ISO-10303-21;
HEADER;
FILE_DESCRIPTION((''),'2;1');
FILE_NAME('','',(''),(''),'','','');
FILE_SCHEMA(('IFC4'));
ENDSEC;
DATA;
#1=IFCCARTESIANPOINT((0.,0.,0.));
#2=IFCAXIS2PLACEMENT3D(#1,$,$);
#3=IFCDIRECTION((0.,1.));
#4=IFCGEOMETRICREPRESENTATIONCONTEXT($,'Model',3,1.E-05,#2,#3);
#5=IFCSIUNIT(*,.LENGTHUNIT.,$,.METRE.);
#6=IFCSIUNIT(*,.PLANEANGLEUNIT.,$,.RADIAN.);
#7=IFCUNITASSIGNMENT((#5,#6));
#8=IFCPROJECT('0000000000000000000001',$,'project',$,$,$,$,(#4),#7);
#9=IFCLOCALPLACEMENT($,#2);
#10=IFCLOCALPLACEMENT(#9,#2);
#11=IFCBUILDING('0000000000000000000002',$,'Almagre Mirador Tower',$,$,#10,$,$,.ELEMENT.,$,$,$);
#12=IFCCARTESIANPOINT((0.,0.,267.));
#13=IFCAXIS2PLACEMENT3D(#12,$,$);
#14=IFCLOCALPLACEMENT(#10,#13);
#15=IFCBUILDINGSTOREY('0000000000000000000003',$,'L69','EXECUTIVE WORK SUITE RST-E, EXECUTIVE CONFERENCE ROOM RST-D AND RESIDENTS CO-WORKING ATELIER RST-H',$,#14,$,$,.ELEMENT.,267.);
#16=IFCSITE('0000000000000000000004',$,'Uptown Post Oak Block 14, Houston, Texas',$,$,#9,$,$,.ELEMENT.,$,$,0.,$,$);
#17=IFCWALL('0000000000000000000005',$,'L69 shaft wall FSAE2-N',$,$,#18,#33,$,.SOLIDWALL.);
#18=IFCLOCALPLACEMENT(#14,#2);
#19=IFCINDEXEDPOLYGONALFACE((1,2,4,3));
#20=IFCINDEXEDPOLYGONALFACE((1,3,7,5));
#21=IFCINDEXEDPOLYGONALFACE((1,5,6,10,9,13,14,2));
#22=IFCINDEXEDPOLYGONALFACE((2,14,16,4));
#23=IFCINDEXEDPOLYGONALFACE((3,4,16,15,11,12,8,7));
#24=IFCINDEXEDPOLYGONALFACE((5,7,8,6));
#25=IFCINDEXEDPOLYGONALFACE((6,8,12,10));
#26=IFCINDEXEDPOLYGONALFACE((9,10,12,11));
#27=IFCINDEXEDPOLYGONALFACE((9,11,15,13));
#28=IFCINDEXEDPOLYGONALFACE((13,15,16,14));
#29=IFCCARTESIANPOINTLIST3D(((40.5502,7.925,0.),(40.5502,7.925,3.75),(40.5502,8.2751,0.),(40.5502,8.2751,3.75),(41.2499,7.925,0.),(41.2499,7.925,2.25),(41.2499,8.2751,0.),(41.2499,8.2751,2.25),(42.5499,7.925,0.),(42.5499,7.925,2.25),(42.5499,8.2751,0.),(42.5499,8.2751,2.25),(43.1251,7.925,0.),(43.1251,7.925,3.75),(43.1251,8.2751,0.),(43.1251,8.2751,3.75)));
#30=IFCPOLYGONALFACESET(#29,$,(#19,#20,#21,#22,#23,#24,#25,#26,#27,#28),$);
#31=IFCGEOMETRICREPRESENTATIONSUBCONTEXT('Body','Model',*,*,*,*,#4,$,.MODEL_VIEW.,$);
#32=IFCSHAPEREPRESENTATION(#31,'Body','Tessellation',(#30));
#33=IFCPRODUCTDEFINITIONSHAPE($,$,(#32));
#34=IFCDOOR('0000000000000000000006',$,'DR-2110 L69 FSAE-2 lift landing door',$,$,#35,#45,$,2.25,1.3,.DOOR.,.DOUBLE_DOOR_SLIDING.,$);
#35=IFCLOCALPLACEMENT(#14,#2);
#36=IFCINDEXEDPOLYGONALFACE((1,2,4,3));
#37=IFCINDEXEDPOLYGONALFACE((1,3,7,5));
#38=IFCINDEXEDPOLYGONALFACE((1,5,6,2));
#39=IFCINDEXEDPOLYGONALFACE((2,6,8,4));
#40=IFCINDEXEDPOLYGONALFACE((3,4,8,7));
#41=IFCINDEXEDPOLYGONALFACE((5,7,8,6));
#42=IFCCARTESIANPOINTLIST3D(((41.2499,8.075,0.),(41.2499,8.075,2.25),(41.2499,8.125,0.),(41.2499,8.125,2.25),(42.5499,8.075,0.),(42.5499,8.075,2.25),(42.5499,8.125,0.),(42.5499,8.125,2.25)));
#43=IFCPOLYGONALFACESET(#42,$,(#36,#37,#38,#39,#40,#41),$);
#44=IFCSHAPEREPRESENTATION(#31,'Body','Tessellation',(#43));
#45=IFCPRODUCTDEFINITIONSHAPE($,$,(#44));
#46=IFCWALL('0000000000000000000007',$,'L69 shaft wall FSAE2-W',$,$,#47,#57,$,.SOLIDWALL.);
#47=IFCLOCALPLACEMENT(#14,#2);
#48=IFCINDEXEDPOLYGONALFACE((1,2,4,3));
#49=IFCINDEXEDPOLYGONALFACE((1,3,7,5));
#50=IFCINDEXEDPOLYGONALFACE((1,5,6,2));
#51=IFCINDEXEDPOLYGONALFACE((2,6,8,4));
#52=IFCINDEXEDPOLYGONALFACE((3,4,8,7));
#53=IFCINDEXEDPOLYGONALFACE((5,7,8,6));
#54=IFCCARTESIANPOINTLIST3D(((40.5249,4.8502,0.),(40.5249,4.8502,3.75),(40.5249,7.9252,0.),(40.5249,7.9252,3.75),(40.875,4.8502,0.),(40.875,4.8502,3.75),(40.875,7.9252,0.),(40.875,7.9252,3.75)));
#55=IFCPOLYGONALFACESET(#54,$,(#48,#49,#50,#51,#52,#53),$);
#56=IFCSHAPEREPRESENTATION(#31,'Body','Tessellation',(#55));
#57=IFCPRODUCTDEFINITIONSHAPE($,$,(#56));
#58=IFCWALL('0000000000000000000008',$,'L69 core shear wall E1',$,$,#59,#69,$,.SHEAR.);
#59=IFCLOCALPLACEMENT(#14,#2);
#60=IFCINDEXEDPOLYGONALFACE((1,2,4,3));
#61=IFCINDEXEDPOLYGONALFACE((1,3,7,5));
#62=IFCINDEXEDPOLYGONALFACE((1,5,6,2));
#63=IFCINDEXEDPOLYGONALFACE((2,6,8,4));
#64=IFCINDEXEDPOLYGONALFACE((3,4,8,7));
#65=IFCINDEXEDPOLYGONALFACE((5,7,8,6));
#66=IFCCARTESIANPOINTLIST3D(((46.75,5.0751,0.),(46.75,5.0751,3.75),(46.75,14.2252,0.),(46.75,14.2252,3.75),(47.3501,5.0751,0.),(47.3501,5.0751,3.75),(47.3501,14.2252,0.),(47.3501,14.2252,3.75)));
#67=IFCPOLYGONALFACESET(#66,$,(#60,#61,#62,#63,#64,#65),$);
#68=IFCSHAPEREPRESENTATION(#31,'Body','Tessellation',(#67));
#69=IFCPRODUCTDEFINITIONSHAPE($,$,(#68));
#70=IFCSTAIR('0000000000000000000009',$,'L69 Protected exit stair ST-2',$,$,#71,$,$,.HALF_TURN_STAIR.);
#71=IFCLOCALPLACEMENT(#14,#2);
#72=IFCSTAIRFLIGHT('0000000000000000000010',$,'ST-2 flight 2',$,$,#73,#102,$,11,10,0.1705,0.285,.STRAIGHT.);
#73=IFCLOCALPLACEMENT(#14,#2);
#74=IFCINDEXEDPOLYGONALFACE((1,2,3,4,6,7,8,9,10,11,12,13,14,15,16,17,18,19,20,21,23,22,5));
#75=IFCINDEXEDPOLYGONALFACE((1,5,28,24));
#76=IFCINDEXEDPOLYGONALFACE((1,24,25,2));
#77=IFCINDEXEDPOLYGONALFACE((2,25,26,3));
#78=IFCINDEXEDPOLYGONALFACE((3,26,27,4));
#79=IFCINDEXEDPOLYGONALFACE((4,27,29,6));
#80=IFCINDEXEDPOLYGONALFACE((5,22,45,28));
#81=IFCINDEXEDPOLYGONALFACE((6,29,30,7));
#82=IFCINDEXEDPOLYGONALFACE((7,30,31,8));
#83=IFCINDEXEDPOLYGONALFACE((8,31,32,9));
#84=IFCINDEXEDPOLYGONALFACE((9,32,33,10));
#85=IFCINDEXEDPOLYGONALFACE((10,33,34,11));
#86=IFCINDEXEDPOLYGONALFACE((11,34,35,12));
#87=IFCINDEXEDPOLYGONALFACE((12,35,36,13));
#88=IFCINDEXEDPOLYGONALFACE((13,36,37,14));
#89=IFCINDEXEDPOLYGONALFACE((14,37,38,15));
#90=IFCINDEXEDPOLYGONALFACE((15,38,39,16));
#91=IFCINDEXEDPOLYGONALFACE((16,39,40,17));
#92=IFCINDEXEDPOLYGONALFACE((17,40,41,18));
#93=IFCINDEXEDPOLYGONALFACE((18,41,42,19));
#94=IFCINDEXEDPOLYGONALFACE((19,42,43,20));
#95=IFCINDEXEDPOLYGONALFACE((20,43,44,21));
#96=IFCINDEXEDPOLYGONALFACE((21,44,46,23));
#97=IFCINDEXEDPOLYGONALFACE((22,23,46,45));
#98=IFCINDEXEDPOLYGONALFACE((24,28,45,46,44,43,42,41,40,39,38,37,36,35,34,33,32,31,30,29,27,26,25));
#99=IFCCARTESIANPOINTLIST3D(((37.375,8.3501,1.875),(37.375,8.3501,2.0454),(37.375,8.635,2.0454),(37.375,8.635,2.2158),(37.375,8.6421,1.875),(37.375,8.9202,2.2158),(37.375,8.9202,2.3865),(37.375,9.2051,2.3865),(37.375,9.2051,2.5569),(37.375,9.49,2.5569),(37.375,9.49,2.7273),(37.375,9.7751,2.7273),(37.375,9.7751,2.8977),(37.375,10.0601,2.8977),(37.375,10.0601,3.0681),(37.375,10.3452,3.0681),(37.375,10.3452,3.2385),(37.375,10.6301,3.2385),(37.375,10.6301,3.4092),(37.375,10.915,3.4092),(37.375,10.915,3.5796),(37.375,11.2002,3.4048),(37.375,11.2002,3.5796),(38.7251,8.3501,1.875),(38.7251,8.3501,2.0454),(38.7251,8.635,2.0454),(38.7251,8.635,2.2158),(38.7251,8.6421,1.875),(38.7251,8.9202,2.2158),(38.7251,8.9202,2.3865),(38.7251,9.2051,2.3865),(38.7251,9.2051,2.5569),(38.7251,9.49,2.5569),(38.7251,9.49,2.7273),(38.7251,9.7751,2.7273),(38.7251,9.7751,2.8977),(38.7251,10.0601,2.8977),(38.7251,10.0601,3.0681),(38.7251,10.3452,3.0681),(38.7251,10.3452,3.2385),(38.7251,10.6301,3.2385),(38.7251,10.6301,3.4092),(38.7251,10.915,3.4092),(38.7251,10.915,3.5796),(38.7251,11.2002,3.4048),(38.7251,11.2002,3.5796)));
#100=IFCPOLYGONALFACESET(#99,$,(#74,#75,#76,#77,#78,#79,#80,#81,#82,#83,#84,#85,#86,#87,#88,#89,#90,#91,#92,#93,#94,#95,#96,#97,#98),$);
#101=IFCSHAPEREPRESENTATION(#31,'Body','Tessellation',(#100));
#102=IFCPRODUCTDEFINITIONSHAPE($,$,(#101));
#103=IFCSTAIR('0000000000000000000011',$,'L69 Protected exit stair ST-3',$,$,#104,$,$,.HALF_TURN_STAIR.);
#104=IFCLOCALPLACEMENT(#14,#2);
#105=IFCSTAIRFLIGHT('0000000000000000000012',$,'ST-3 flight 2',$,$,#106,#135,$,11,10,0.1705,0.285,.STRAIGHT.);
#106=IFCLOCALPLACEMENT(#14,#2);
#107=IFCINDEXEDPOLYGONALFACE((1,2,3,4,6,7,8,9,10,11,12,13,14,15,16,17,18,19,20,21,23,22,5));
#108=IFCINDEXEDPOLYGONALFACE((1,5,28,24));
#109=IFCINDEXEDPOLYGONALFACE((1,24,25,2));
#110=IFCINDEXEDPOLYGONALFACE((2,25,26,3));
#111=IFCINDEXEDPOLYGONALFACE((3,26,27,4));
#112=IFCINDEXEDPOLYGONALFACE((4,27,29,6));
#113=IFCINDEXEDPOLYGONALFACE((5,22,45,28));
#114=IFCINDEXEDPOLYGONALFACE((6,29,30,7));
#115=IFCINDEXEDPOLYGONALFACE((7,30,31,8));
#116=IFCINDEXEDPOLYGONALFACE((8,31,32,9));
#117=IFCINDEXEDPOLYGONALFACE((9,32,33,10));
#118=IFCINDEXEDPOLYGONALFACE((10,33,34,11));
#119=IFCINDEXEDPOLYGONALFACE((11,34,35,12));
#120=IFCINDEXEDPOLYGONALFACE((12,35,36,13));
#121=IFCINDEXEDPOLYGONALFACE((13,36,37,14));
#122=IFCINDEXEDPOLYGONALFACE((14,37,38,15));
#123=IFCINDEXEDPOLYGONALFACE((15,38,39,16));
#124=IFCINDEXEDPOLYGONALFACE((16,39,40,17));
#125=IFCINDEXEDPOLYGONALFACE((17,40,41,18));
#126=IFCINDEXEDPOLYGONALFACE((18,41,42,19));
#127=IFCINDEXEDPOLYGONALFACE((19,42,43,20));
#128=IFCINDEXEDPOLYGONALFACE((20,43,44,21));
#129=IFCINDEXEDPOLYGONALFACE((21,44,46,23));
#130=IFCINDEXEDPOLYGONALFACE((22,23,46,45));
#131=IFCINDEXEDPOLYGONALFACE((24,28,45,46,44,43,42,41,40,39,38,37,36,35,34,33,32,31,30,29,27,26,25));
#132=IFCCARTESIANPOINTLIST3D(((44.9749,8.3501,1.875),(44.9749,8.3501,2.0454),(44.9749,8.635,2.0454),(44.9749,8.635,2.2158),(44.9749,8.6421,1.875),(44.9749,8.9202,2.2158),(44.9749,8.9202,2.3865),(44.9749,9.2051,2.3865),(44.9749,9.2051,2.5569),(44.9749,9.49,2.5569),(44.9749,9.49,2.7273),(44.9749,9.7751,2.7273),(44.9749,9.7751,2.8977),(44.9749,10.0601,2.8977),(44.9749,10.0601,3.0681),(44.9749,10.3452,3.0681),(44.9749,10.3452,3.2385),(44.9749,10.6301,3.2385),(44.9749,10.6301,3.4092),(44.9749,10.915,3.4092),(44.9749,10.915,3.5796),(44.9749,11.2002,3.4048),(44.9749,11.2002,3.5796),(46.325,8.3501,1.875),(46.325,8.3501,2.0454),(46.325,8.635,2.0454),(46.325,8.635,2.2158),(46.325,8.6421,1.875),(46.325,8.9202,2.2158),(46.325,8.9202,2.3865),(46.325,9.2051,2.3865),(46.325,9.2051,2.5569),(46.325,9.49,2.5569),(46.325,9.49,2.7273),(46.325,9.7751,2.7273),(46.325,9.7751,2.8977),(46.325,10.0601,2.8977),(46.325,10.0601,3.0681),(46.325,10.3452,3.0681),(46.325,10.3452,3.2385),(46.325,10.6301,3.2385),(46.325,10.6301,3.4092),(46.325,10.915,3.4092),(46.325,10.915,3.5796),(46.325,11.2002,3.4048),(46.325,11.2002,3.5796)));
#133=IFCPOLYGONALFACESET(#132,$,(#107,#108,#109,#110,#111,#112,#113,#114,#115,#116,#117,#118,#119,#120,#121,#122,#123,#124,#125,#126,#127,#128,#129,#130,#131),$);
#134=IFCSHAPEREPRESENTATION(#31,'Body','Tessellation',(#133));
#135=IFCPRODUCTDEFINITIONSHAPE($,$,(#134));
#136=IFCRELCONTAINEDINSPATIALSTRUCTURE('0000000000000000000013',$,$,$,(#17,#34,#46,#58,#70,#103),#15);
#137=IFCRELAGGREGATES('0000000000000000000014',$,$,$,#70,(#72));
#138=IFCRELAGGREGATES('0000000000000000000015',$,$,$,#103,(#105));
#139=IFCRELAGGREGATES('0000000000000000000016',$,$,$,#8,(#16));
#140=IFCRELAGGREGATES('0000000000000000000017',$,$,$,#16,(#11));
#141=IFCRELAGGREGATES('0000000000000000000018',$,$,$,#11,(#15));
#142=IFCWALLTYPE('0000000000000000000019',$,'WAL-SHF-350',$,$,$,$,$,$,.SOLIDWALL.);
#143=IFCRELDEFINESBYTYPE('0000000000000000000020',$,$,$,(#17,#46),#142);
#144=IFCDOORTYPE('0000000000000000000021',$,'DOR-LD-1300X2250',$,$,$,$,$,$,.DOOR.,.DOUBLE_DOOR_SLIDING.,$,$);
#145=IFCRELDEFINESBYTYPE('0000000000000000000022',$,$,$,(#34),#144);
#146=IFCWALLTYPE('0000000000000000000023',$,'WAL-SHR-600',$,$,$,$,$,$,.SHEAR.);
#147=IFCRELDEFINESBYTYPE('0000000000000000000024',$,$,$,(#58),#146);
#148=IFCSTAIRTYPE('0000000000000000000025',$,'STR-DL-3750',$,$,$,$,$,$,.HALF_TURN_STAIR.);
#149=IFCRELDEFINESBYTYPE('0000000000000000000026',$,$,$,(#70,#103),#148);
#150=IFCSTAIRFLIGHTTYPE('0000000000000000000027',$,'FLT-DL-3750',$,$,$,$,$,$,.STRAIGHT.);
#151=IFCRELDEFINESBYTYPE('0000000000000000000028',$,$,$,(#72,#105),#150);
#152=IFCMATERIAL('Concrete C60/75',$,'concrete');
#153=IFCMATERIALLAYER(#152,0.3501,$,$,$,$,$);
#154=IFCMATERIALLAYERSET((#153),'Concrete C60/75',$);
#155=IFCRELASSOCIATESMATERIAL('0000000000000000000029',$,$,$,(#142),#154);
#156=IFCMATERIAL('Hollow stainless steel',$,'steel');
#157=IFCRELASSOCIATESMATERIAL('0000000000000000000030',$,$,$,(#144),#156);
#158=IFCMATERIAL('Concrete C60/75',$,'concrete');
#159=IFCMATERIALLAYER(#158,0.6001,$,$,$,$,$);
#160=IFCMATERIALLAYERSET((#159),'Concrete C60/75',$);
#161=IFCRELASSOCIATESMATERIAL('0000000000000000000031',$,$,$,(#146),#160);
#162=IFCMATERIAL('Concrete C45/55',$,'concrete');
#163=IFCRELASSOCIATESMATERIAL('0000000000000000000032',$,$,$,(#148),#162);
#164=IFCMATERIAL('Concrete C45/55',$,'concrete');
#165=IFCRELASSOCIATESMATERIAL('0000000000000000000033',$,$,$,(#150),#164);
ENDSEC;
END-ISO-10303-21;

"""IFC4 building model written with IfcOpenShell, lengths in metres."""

from ifc_helpers import new_model, si_unit, direction, frame, frame_2d, origin, place, context, subcontext, project, spatial, polyline, rectangle, outline, extrude, material, layer, layer_set, type_object, element, fill, aggregate, save


model = new_model("IFC4")

# Units and contexts
model_context = context("Model", 3, precision=1e-05, world=origin(), true_north=direction((0.0, 1.0)))
body_context = subcontext(model_context, "Body", "Model", "MODEL_VIEW")
ifc_project = project(units=[si_unit("LENGTHUNIT", "METRE"), si_unit("PLANEANGLEUNIT", "RADIAN")], contexts=[model_context])

# Site, building, storey
site_placement = place(None, origin())
site = spatial("IfcSite", under=ifc_project, at=site_placement, Name="Uptown Post Oak Block 14, Houston, Texas", CompositionType="ELEMENT", RefElevation=0.0)
building_placement = place(site_placement, origin())
building = spatial("IfcBuilding", under=site, at=building_placement, Name="Almagre Mirador Tower", CompositionType="ELEMENT")
storey_placement = place(building_placement, frame((0.0, 0.0, 267.0)))
storey = spatial("IfcBuildingStorey", under=building, at=storey_placement, Name="L69", Description="EXECUTIVE WORK SUITE RST-E, EXECUTIVE CONFERENCE ROOM RST-D AND RESIDENTS CO-WORKING ATELIER RST-H", CompositionType="ELEMENT", Elevation=267.0)

# Shared definitions
ifc_material_1 = material(Name="Concrete C60/75", Category="concrete")
ifc_layer_1 = layer(ifc_material_1, 0.3501)
ifc_layer_set_1 = layer_set([ifc_layer_1], Name="Concrete C60/75")
wall_type_1 = type_object("IfcWallType", Name="WAL-SHF-350", PredefinedType="SOLIDWALL", material=ifc_layer_set_1)

# Wall, opening, door
wall_1_placement = place(storey_placement, frame((40.55, 8.1001, 0.0), z_axis=(0.0, 0.0, 1.0), x_axis=(1.0, 0.0, 0.0)))
wall_1 = element("IfcWall", 1, at=wall_1_placement, inside=storey, type_object=wall_type_1, Name="L69 shaft wall FSAE2-N", PredefinedType="SOLIDWALL", context=body_context, shape_type="SweptSolid", body=[
    extrude(rectangle(XDim=2.575, YDim=0.3501, at=frame_2d((1.2876, 0.0))), origin(), (0.0, 0.0, 1.0), 3.75),
])
opening_1_placement = place(wall_1_placement, frame((0.7, 0.0, 0.0)))
opening_1 = element("IfcOpeningElement", 2, at=opening_1_placement, cuts=wall_1, PredefinedType="OPENING", context=body_context, shape_type="SweptSolid", body=[
    extrude(rectangle(XDim=1.3, YDim=2.25, at=frame_2d((0.6499, 1.125))), frame((0.0, 0.185, 0.0), z_axis=(0.0, -1.0, 0.0), x_axis=(1.0, 0.0, 0.0)), (0.0, 0.0, 1.0), 0.3701),
])
ifc_material_2 = material(Name="Hollow stainless steel", Category="steel")
door_type_1 = type_object("IfcDoorType", Name="DOR-LD-1300X2250", OperationType="DOUBLE_DOOR_SLIDING", PredefinedType="DOOR", material=ifc_material_2)
door_1_placement = place(opening_1_placement, origin())
door_1 = element("IfcDoor", 3, at=door_1_placement, inside=storey, type_object=door_type_1, Name="DR-2110 L69 FSAE-2 lift landing door", OperationType="DOUBLE_DOOR_SLIDING", OverallHeight=2.25, OverallWidth=1.3, PredefinedType="DOOR", context=body_context, shape_type="SweptSolid", body=[
    extrude(rectangle(XDim=1.3, YDim=2.25, at=frame_2d((0.6499, 1.125))), frame((0.0, 0.0249, 0.0), z_axis=(0.0, -1.0, 0.0), x_axis=(1.0, 0.0, 0.0)), (0.0, 0.0, 1.0), 0.05),
])
fill(opening_1, door_1)

# Walls
wall_2_placement = place(storey_placement, frame((40.7, 4.8501, 0.0), z_axis=(0.0, 0.0, 1.0), x_axis=(0.0, 1.0, 0.0)))
element("IfcWall", 4, at=wall_2_placement, inside=storey, type_object=wall_type_1, Name="L69 shaft wall FSAE2-W", PredefinedType="SOLIDWALL", context=body_context, shape_type="SweptSolid", body=[
    extrude(rectangle(XDim=3.075, YDim=0.3501, at=frame_2d((1.5376, 0.0))), origin(), (0.0, 0.0, 1.0), 3.75),
])
ifc_material_3 = material(Name="Concrete C60/75", Category="concrete")
ifc_layer_2 = layer(ifc_material_3, 0.6001)
ifc_layer_set_2 = layer_set([ifc_layer_2], Name="Concrete C60/75")
wall_type_2 = type_object("IfcWallType", Name="WAL-SHR-600", PredefinedType="SHEAR", material=ifc_layer_set_2)
wall_3_placement = place(storey_placement, frame((47.05, 5.075, 0.0), z_axis=(0.0, 0.0, 1.0), x_axis=(0.0, 1.0, 0.0)))
element("IfcWall", 5, at=wall_3_placement, inside=storey, type_object=wall_type_2, Name="L69 core shear wall E1", PredefinedType="SHEAR", context=body_context, shape_type="SweptSolid", body=[
    extrude(rectangle(XDim=9.1501, YDim=0.6001, at=frame_2d((4.5752, 0.0))), origin(), (0.0, 0.0, 1.0), 3.75),
])

# Stairs, stair flights
ifc_material_4 = material(Name="Concrete C45/55", Category="concrete")
stair_type = type_object("IfcStairType", Name="STR-DL-3750", PredefinedType="HALF_TURN_STAIR", material=ifc_material_4)
stair_1_placement = place(storey_placement, origin())
stair_1 = element("IfcStair", 6, at=stair_1_placement, inside=storey, type_object=stair_type, Name="L69 Protected exit stair ST-2", PredefinedType="HALF_TURN_STAIR")
ifc_material_5 = material(Name="Concrete C45/55", Category="concrete")
stair_flight_type = type_object("IfcStairFlightType", Name="FLT-DL-3750", PredefinedType="STRAIGHT", material=ifc_material_5)
stair_flight_1_placement = place(storey_placement, frame((38.05, 8.3501, 1.875), z_axis=(0.0, 0.0, 1.0), x_axis=(0.0, 1.0, 0.0)))
stair_flight_1 = element("IfcStairFlight", 7, at=stair_flight_1_placement, type_object=stair_flight_type, Name="ST-2 flight 2", NumberOfRisers=11, NumberOfTreads=10, PredefinedType="STRAIGHT", RiserHeight=0.1705, TreadLength=0.285, context=body_context, shape_type="SweptSolid", body=[
    extrude(outline(polyline([(0.0, 0.0), (0.0, 0.1704), (0.2849, 0.1704), (0.2849, 0.3408), (0.5701, 0.3408), (0.5701, 0.5115), (0.855, 0.5115), (0.855, 0.6819), (1.1399, 0.6819), (1.1399, 0.8523), (1.425, 0.8523), (1.425, 1.0227), (1.71, 1.0227), (1.71, 1.1931), (1.9951, 1.1931), (1.9951, 1.3635), (2.28, 1.3635), (2.28, 1.5342), (2.5649, 1.5342), (2.5649, 1.7046), (2.8501, 1.7046), (2.8501, 1.875), (2.8501, 1.5298), (0.292, 0.0), (0.0, 0.0)])), frame((0.0, 0.675, 0.0), z_axis=(0.0, -1.0, 0.0), x_axis=(1.0, 0.0, 0.0)), (0.0, 0.0, 1.0), 1.3501),
])
aggregate(stair_1, [stair_flight_1])
stair_2_placement = place(storey_placement, origin())
stair_2 = element("IfcStair", 8, at=stair_2_placement, inside=storey, type_object=stair_type, Name="L69 Protected exit stair ST-3", PredefinedType="HALF_TURN_STAIR")
stair_flight_2_placement = place(storey_placement, frame((45.6499, 8.3501, 1.875), z_axis=(0.0, 0.0, 1.0), x_axis=(0.0, 1.0, 0.0)))
stair_flight_2 = element("IfcStairFlight", 9, at=stair_flight_2_placement, type_object=stair_flight_type, Name="ST-3 flight 2", NumberOfRisers=11, NumberOfTreads=10, PredefinedType="STRAIGHT", RiserHeight=0.1705, TreadLength=0.285, context=body_context, shape_type="SweptSolid", body=[
    extrude(outline(polyline([(0.0, 0.0), (0.0, 0.1704), (0.2849, 0.1704), (0.2849, 0.3408), (0.5701, 0.3408), (0.5701, 0.5115), (0.855, 0.5115), (0.855, 0.6819), (1.1399, 0.6819), (1.1399, 0.8523), (1.425, 0.8523), (1.425, 1.0227), (1.71, 1.0227), (1.71, 1.1931), (1.9951, 1.1931), (1.9951, 1.3635), (2.28, 1.3635), (2.28, 1.5342), (2.5649, 1.5342), (2.5649, 1.7046), (2.8501, 1.7046), (2.8501, 1.875), (2.8501, 1.5298), (0.292, 0.0), (0.0, 0.0)])), frame((0.0, 0.675, 0.0), z_axis=(0.0, -1.0, 0.0), x_axis=(1.0, 0.0, 0.0)), (0.0, 0.0, 1.0), 1.3501),
])
aggregate(stair_2, [stair_flight_2])

save(model, "model.ifc")
